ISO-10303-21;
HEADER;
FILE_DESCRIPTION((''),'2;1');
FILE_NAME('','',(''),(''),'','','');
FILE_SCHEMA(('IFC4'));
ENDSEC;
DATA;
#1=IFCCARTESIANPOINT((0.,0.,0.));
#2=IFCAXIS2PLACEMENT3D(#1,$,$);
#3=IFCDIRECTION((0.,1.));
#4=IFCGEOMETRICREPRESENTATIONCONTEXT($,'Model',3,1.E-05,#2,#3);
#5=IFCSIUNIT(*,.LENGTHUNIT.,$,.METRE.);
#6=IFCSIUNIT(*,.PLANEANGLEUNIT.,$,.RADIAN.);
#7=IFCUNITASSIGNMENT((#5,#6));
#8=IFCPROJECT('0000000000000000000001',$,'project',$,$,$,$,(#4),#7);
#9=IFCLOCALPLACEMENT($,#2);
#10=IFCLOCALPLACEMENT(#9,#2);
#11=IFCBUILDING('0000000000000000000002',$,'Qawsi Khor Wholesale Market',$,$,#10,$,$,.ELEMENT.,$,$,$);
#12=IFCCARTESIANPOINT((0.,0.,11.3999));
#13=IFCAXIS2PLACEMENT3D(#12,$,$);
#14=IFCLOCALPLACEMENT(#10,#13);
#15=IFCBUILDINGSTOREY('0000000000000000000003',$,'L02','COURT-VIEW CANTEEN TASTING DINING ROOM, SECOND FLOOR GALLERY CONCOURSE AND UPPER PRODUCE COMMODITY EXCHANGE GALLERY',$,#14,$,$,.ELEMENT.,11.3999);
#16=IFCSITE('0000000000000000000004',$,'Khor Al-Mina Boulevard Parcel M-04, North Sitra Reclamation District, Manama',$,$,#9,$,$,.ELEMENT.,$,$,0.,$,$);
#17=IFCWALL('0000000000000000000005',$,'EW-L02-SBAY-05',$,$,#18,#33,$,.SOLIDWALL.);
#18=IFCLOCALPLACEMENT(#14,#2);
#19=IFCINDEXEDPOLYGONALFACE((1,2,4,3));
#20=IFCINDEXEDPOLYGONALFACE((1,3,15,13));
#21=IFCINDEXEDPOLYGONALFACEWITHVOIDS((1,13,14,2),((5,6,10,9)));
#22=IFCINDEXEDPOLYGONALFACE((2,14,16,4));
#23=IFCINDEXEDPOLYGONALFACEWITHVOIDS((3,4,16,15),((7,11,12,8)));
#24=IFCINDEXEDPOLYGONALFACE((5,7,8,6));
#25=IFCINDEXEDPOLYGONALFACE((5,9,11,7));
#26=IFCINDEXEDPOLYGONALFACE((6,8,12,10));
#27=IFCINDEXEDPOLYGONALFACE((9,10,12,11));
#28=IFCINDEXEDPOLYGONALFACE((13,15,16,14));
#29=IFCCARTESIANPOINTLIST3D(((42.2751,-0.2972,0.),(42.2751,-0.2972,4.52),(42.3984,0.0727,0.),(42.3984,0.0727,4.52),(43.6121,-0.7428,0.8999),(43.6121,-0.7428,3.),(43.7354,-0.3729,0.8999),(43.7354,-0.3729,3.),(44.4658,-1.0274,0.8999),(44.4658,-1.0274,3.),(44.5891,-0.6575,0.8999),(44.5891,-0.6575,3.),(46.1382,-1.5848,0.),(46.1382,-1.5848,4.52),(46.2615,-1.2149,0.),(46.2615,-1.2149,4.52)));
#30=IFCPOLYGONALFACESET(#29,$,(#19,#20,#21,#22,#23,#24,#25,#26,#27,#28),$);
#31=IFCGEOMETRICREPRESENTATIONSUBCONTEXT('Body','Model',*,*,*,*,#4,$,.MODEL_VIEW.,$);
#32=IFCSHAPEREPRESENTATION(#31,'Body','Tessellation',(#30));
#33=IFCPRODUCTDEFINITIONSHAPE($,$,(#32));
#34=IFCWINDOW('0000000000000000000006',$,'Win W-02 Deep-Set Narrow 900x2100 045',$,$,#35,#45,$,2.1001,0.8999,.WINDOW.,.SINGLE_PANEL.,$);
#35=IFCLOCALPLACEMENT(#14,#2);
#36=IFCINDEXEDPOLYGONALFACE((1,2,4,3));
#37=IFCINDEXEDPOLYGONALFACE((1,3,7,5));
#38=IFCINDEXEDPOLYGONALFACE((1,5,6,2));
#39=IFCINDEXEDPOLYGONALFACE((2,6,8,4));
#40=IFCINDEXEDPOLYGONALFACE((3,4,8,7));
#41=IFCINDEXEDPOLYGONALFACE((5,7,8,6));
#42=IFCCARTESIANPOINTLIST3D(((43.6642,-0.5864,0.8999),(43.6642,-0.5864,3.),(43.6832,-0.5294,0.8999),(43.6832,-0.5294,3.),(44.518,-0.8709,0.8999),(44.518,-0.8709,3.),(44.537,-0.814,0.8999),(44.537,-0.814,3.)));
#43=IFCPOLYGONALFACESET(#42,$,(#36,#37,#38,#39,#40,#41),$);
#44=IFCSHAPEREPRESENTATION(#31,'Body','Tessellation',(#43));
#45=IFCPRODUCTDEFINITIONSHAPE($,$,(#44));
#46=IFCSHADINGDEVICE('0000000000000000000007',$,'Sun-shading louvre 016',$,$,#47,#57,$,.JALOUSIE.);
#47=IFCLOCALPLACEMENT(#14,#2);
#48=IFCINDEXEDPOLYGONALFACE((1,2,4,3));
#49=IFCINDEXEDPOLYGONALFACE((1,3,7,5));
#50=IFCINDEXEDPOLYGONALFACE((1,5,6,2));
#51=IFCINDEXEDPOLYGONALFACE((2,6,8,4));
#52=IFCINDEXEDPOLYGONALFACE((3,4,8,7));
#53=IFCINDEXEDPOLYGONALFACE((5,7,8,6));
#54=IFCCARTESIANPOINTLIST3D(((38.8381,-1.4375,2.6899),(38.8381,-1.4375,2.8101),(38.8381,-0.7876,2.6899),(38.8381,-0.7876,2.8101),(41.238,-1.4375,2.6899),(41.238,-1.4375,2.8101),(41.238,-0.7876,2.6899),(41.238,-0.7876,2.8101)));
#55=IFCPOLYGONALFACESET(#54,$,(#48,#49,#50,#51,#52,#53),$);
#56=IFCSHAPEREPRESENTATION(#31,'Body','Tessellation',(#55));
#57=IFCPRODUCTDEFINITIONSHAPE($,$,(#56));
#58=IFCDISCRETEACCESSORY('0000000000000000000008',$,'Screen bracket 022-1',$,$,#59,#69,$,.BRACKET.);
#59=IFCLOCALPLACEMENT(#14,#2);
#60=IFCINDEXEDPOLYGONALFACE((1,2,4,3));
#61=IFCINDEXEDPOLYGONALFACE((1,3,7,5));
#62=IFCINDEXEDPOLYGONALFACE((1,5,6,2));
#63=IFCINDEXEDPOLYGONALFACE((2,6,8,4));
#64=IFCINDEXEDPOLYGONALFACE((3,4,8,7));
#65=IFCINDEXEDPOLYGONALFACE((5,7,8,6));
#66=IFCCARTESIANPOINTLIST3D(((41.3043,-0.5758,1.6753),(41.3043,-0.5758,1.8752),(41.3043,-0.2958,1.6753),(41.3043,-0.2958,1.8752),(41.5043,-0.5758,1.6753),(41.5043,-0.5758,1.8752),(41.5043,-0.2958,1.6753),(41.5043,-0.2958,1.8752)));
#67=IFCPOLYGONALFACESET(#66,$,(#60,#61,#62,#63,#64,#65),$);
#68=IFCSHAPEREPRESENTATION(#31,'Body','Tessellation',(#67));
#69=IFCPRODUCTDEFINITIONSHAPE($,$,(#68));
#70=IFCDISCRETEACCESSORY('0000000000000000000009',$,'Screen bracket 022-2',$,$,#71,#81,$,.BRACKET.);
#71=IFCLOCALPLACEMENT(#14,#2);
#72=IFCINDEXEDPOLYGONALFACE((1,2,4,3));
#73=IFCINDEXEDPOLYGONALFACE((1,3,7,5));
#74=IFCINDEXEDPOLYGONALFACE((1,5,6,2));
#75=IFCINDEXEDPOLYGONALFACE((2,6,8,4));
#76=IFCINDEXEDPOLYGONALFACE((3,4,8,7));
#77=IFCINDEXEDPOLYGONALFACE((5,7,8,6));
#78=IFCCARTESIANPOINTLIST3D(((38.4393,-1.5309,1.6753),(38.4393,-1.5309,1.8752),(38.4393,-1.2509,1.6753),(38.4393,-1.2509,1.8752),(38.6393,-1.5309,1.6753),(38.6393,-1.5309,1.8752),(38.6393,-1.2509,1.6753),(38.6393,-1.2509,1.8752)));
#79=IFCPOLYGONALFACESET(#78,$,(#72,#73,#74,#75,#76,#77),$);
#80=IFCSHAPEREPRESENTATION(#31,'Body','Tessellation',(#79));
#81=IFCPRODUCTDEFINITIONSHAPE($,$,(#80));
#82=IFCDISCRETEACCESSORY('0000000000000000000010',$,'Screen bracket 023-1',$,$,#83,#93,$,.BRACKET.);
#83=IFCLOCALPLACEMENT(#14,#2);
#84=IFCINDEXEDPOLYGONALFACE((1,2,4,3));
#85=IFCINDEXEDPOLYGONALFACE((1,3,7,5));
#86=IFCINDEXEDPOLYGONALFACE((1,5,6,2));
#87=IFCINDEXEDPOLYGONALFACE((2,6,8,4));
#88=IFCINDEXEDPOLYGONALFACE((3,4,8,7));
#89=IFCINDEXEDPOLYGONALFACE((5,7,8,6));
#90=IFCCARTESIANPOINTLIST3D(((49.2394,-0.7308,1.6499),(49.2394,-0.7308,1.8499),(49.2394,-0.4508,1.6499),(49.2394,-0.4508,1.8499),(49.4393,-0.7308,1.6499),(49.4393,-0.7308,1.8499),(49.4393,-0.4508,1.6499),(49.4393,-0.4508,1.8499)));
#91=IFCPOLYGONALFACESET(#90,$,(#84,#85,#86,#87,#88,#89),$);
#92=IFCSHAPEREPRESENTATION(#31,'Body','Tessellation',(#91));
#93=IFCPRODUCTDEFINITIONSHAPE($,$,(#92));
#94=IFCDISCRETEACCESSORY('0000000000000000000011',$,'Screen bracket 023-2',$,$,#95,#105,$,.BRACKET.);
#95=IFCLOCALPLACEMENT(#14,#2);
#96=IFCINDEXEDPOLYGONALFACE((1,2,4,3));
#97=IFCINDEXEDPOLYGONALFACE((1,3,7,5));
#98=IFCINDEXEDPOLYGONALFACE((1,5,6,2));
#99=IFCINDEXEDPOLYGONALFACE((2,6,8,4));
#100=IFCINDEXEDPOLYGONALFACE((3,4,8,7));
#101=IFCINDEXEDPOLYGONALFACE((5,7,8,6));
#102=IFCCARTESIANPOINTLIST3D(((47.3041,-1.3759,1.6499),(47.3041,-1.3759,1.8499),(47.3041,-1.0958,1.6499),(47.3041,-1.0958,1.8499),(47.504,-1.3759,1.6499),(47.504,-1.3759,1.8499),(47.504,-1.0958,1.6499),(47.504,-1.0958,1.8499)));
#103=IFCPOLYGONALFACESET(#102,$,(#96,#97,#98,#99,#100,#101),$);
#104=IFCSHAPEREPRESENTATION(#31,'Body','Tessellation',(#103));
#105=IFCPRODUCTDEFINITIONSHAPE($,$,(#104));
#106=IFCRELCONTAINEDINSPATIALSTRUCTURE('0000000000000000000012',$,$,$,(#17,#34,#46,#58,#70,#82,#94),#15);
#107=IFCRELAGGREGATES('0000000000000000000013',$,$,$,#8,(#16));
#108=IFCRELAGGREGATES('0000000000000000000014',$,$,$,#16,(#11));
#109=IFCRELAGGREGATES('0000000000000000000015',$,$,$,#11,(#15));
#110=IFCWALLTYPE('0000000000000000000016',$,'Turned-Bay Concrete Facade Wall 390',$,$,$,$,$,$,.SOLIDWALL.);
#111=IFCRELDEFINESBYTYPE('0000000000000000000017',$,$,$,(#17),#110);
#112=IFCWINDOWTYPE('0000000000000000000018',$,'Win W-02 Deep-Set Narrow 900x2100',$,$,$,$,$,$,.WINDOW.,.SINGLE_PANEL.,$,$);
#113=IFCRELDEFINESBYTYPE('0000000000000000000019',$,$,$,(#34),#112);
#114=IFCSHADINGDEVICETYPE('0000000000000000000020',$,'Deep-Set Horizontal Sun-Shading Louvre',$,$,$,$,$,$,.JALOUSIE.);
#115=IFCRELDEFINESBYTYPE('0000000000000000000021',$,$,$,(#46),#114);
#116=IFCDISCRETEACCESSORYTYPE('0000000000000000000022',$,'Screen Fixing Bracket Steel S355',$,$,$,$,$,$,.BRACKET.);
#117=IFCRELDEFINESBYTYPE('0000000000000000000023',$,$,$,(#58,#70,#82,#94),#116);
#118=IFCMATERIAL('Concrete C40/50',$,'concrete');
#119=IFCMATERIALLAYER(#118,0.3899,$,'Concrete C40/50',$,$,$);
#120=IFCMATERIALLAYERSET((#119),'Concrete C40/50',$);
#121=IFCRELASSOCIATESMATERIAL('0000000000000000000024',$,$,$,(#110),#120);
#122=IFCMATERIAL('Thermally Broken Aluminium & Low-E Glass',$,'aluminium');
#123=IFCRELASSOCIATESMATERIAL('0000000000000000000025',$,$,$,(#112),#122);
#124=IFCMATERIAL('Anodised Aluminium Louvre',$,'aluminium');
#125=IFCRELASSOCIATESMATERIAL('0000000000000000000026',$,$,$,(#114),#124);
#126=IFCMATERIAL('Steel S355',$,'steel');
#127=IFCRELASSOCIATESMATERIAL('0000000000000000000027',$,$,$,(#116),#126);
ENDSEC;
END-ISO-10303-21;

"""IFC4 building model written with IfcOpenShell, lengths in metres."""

from ifc_helpers import new_model, si_unit, direction, frame, frame_2d, origin, origin_2d, place, context, subcontext, project, spatial, rectangle, extrude, material, layer, layer_set, type_object, element, fill, save


model = new_model("IFC4")

# Units and contexts
model_context = context("Model", 3, precision=1e-05, world=origin(), true_north=direction((0.0, 1.0)))
body_context = subcontext(model_context, "Body", "Model", "MODEL_VIEW")
ifc_project = project(units=[si_unit("LENGTHUNIT", "METRE"), si_unit("PLANEANGLEUNIT", "RADIAN")], contexts=[model_context])

# Site, building, storey
site_placement = place(None, origin())
site = spatial("IfcSite", under=ifc_project, at=site_placement, Name="Khor Al-Mina Boulevard Parcel M-04, North Sitra Reclamation District, Manama", CompositionType="ELEMENT", RefElevation=0.0)
building_placement = place(site_placement, origin())
building = spatial("IfcBuilding", under=site, at=building_placement, Name="Qawsi Khor Wholesale Market", CompositionType="ELEMENT")
storey_placement = place(building_placement, frame((0.0, 0.0, 11.3999)))
storey = spatial("IfcBuildingStorey", under=building, at=storey_placement, Name="L02", Description="COURT-VIEW CANTEEN TASTING DINING ROOM, SECOND FLOOR GALLERY CONCOURSE AND UPPER PRODUCE COMMODITY EXCHANGE GALLERY", CompositionType="ELEMENT", Elevation=11.3999)

# Shared definitions
ifc_material_1 = material(Name="Concrete C40/50", Category="concrete")

# Shared definitions
ifc_material_2 = material(Name="Steel S355", Category="steel")

# Wall, opening, window
ifc_material_3 = material(Name="Thermally Broken Aluminium & Low-E Glass", Category="aluminium")
ifc_layer_1 = layer(ifc_material_1, 0.3899, Name="Concrete C40/50")
ifc_layer_set_1 = layer_set([ifc_layer_1], Name="Concrete C40/50")
wall_type_1 = type_object("IfcWallType", Name="Turned-Bay Concrete Facade Wall 390", PredefinedType="SOLIDWALL", material=ifc_layer_set_1)
window_type_1 = type_object("IfcWindowType", Name="Win W-02 Deep-Set Narrow 900x2100", PartitioningType="SINGLE_PANEL", PredefinedType="WINDOW", material=ifc_material_3)
wall_1_placement = place(storey_placement, frame((46.2, -1.3999, 0.0), z_axis=(0.0, 0.0, 1.0), x_axis=(-0.948689, 0.31621, 0.0)))
wall_1 = element("IfcWall", 1, at=wall_1_placement, inside=storey, type_object=wall_type_1, Name="EW-L02-SBAY-05", PredefinedType="SOLIDWALL", context=body_context, shape_type="SweptSolid", body=[
    extrude(rectangle(XDim=4.072, YDim=0.3899, at=frame_2d((2.0361, 0.0))), origin(), (0.0, 0.0, 1.0), 4.52),
])
opening_1_placement = place(wall_1_placement, frame((1.7629, 0.0, 0.8999)))
opening_1 = element("IfcOpeningElement", 2, at=opening_1_placement, cuts=wall_1, PredefinedType="OPENING", context=body_context, shape_type="SweptSolid", body=[
    extrude(rectangle(XDim=0.8999, YDim=2.1001, at=frame_2d((0.45, 1.05))), frame((0.0, 0.2048, 0.0), z_axis=(0.0, -1.0, 0.0), x_axis=(1.0, 0.0, 0.0)), (0.0, 0.0, 1.0), 0.4099),
])
window_1_placement = place(opening_1_placement, origin())
window_1 = element("IfcWindow", 3, at=window_1_placement, inside=storey, type_object=window_type_1, Name="Win W-02 Deep-Set Narrow 900x2100 045", OverallHeight=2.1001, OverallWidth=0.8999, PartitioningType="SINGLE_PANEL", PredefinedType="WINDOW", context=body_context, shape_type="SweptSolid", body=[
    extrude(rectangle(XDim=0.8999, YDim=2.1001, at=frame_2d((0.45, 1.05))), frame((0.0, 0.03, 0.0), z_axis=(0.0, -1.0, 0.0), x_axis=(1.0, 0.0, 0.0)), (0.0, 0.0, 1.0), 0.0601),
])
fill(opening_1, window_1)

# Shading device
ifc_material_4 = material(Name="Anodised Aluminium Louvre", Category="aluminium")
shading_device_type = type_object("IfcShadingDeviceType", Name="Deep-Set Horizontal Sun-Shading Louvre", PredefinedType="JALOUSIE", material=ifc_material_4)
shading_device_placement = place(storey_placement, frame((40.0381, -1.1125, 2.6899), z_axis=(0.0, 0.0, 1.0), x_axis=(1.0, 0.0, 0.0)))
element("IfcShadingDevice", 4, at=shading_device_placement, inside=storey, type_object=shading_device_type, Name="Sun-shading louvre 016", PredefinedType="JALOUSIE", context=body_context, shape_type="SweptSolid", body=[
    extrude(rectangle(XDim=2.3999, YDim=0.6499, at=origin_2d()), origin(), (0.0, 0.0, 1.0), 0.1201),
])

# Discrete accessories
discrete_accessory_type = type_object("IfcDiscreteAccessoryType", Name="Screen Fixing Bracket Steel S355", PredefinedType="BRACKET", material=ifc_material_2)
for number, where, z_axis, x_axis, name in (
    (5, (41.4043, -0.4358, 1.6753), (0.0, 0.0, 1.0), (1.0, 0.0, 0.0), "Screen bracket 022-1"),
    (6, (38.5393, -1.3909, 1.6753), (0.0, 0.0, 1.0), (1.0, 0.0, 0.0), "Screen bracket 022-2"),
    (7, (49.3394, -0.5908, 1.6499), (0.0, 0.0, 1.0), (1.0, 0.0, 0.0), "Screen bracket 023-1"),
    (8, (47.4041, -1.2358, 1.6499), (0.0, 0.0, 1.0), (1.0, 0.0, 0.0), "Screen bracket 023-2"),
):
    element("IfcDiscreteAccessory", number, at=place(storey_placement, frame(where, z_axis=z_axis, x_axis=x_axis)), inside=storey, type_object=discrete_accessory_type, Name=name, PredefinedType="BRACKET", context=body_context, shape_type="SweptSolid", body=[
        extrude(rectangle(XDim=0.2, YDim=0.28, at=origin_2d()), origin(), (0.0, 0.0, 1.0), 0.2),
    ])

save(model, "model.ifc")
